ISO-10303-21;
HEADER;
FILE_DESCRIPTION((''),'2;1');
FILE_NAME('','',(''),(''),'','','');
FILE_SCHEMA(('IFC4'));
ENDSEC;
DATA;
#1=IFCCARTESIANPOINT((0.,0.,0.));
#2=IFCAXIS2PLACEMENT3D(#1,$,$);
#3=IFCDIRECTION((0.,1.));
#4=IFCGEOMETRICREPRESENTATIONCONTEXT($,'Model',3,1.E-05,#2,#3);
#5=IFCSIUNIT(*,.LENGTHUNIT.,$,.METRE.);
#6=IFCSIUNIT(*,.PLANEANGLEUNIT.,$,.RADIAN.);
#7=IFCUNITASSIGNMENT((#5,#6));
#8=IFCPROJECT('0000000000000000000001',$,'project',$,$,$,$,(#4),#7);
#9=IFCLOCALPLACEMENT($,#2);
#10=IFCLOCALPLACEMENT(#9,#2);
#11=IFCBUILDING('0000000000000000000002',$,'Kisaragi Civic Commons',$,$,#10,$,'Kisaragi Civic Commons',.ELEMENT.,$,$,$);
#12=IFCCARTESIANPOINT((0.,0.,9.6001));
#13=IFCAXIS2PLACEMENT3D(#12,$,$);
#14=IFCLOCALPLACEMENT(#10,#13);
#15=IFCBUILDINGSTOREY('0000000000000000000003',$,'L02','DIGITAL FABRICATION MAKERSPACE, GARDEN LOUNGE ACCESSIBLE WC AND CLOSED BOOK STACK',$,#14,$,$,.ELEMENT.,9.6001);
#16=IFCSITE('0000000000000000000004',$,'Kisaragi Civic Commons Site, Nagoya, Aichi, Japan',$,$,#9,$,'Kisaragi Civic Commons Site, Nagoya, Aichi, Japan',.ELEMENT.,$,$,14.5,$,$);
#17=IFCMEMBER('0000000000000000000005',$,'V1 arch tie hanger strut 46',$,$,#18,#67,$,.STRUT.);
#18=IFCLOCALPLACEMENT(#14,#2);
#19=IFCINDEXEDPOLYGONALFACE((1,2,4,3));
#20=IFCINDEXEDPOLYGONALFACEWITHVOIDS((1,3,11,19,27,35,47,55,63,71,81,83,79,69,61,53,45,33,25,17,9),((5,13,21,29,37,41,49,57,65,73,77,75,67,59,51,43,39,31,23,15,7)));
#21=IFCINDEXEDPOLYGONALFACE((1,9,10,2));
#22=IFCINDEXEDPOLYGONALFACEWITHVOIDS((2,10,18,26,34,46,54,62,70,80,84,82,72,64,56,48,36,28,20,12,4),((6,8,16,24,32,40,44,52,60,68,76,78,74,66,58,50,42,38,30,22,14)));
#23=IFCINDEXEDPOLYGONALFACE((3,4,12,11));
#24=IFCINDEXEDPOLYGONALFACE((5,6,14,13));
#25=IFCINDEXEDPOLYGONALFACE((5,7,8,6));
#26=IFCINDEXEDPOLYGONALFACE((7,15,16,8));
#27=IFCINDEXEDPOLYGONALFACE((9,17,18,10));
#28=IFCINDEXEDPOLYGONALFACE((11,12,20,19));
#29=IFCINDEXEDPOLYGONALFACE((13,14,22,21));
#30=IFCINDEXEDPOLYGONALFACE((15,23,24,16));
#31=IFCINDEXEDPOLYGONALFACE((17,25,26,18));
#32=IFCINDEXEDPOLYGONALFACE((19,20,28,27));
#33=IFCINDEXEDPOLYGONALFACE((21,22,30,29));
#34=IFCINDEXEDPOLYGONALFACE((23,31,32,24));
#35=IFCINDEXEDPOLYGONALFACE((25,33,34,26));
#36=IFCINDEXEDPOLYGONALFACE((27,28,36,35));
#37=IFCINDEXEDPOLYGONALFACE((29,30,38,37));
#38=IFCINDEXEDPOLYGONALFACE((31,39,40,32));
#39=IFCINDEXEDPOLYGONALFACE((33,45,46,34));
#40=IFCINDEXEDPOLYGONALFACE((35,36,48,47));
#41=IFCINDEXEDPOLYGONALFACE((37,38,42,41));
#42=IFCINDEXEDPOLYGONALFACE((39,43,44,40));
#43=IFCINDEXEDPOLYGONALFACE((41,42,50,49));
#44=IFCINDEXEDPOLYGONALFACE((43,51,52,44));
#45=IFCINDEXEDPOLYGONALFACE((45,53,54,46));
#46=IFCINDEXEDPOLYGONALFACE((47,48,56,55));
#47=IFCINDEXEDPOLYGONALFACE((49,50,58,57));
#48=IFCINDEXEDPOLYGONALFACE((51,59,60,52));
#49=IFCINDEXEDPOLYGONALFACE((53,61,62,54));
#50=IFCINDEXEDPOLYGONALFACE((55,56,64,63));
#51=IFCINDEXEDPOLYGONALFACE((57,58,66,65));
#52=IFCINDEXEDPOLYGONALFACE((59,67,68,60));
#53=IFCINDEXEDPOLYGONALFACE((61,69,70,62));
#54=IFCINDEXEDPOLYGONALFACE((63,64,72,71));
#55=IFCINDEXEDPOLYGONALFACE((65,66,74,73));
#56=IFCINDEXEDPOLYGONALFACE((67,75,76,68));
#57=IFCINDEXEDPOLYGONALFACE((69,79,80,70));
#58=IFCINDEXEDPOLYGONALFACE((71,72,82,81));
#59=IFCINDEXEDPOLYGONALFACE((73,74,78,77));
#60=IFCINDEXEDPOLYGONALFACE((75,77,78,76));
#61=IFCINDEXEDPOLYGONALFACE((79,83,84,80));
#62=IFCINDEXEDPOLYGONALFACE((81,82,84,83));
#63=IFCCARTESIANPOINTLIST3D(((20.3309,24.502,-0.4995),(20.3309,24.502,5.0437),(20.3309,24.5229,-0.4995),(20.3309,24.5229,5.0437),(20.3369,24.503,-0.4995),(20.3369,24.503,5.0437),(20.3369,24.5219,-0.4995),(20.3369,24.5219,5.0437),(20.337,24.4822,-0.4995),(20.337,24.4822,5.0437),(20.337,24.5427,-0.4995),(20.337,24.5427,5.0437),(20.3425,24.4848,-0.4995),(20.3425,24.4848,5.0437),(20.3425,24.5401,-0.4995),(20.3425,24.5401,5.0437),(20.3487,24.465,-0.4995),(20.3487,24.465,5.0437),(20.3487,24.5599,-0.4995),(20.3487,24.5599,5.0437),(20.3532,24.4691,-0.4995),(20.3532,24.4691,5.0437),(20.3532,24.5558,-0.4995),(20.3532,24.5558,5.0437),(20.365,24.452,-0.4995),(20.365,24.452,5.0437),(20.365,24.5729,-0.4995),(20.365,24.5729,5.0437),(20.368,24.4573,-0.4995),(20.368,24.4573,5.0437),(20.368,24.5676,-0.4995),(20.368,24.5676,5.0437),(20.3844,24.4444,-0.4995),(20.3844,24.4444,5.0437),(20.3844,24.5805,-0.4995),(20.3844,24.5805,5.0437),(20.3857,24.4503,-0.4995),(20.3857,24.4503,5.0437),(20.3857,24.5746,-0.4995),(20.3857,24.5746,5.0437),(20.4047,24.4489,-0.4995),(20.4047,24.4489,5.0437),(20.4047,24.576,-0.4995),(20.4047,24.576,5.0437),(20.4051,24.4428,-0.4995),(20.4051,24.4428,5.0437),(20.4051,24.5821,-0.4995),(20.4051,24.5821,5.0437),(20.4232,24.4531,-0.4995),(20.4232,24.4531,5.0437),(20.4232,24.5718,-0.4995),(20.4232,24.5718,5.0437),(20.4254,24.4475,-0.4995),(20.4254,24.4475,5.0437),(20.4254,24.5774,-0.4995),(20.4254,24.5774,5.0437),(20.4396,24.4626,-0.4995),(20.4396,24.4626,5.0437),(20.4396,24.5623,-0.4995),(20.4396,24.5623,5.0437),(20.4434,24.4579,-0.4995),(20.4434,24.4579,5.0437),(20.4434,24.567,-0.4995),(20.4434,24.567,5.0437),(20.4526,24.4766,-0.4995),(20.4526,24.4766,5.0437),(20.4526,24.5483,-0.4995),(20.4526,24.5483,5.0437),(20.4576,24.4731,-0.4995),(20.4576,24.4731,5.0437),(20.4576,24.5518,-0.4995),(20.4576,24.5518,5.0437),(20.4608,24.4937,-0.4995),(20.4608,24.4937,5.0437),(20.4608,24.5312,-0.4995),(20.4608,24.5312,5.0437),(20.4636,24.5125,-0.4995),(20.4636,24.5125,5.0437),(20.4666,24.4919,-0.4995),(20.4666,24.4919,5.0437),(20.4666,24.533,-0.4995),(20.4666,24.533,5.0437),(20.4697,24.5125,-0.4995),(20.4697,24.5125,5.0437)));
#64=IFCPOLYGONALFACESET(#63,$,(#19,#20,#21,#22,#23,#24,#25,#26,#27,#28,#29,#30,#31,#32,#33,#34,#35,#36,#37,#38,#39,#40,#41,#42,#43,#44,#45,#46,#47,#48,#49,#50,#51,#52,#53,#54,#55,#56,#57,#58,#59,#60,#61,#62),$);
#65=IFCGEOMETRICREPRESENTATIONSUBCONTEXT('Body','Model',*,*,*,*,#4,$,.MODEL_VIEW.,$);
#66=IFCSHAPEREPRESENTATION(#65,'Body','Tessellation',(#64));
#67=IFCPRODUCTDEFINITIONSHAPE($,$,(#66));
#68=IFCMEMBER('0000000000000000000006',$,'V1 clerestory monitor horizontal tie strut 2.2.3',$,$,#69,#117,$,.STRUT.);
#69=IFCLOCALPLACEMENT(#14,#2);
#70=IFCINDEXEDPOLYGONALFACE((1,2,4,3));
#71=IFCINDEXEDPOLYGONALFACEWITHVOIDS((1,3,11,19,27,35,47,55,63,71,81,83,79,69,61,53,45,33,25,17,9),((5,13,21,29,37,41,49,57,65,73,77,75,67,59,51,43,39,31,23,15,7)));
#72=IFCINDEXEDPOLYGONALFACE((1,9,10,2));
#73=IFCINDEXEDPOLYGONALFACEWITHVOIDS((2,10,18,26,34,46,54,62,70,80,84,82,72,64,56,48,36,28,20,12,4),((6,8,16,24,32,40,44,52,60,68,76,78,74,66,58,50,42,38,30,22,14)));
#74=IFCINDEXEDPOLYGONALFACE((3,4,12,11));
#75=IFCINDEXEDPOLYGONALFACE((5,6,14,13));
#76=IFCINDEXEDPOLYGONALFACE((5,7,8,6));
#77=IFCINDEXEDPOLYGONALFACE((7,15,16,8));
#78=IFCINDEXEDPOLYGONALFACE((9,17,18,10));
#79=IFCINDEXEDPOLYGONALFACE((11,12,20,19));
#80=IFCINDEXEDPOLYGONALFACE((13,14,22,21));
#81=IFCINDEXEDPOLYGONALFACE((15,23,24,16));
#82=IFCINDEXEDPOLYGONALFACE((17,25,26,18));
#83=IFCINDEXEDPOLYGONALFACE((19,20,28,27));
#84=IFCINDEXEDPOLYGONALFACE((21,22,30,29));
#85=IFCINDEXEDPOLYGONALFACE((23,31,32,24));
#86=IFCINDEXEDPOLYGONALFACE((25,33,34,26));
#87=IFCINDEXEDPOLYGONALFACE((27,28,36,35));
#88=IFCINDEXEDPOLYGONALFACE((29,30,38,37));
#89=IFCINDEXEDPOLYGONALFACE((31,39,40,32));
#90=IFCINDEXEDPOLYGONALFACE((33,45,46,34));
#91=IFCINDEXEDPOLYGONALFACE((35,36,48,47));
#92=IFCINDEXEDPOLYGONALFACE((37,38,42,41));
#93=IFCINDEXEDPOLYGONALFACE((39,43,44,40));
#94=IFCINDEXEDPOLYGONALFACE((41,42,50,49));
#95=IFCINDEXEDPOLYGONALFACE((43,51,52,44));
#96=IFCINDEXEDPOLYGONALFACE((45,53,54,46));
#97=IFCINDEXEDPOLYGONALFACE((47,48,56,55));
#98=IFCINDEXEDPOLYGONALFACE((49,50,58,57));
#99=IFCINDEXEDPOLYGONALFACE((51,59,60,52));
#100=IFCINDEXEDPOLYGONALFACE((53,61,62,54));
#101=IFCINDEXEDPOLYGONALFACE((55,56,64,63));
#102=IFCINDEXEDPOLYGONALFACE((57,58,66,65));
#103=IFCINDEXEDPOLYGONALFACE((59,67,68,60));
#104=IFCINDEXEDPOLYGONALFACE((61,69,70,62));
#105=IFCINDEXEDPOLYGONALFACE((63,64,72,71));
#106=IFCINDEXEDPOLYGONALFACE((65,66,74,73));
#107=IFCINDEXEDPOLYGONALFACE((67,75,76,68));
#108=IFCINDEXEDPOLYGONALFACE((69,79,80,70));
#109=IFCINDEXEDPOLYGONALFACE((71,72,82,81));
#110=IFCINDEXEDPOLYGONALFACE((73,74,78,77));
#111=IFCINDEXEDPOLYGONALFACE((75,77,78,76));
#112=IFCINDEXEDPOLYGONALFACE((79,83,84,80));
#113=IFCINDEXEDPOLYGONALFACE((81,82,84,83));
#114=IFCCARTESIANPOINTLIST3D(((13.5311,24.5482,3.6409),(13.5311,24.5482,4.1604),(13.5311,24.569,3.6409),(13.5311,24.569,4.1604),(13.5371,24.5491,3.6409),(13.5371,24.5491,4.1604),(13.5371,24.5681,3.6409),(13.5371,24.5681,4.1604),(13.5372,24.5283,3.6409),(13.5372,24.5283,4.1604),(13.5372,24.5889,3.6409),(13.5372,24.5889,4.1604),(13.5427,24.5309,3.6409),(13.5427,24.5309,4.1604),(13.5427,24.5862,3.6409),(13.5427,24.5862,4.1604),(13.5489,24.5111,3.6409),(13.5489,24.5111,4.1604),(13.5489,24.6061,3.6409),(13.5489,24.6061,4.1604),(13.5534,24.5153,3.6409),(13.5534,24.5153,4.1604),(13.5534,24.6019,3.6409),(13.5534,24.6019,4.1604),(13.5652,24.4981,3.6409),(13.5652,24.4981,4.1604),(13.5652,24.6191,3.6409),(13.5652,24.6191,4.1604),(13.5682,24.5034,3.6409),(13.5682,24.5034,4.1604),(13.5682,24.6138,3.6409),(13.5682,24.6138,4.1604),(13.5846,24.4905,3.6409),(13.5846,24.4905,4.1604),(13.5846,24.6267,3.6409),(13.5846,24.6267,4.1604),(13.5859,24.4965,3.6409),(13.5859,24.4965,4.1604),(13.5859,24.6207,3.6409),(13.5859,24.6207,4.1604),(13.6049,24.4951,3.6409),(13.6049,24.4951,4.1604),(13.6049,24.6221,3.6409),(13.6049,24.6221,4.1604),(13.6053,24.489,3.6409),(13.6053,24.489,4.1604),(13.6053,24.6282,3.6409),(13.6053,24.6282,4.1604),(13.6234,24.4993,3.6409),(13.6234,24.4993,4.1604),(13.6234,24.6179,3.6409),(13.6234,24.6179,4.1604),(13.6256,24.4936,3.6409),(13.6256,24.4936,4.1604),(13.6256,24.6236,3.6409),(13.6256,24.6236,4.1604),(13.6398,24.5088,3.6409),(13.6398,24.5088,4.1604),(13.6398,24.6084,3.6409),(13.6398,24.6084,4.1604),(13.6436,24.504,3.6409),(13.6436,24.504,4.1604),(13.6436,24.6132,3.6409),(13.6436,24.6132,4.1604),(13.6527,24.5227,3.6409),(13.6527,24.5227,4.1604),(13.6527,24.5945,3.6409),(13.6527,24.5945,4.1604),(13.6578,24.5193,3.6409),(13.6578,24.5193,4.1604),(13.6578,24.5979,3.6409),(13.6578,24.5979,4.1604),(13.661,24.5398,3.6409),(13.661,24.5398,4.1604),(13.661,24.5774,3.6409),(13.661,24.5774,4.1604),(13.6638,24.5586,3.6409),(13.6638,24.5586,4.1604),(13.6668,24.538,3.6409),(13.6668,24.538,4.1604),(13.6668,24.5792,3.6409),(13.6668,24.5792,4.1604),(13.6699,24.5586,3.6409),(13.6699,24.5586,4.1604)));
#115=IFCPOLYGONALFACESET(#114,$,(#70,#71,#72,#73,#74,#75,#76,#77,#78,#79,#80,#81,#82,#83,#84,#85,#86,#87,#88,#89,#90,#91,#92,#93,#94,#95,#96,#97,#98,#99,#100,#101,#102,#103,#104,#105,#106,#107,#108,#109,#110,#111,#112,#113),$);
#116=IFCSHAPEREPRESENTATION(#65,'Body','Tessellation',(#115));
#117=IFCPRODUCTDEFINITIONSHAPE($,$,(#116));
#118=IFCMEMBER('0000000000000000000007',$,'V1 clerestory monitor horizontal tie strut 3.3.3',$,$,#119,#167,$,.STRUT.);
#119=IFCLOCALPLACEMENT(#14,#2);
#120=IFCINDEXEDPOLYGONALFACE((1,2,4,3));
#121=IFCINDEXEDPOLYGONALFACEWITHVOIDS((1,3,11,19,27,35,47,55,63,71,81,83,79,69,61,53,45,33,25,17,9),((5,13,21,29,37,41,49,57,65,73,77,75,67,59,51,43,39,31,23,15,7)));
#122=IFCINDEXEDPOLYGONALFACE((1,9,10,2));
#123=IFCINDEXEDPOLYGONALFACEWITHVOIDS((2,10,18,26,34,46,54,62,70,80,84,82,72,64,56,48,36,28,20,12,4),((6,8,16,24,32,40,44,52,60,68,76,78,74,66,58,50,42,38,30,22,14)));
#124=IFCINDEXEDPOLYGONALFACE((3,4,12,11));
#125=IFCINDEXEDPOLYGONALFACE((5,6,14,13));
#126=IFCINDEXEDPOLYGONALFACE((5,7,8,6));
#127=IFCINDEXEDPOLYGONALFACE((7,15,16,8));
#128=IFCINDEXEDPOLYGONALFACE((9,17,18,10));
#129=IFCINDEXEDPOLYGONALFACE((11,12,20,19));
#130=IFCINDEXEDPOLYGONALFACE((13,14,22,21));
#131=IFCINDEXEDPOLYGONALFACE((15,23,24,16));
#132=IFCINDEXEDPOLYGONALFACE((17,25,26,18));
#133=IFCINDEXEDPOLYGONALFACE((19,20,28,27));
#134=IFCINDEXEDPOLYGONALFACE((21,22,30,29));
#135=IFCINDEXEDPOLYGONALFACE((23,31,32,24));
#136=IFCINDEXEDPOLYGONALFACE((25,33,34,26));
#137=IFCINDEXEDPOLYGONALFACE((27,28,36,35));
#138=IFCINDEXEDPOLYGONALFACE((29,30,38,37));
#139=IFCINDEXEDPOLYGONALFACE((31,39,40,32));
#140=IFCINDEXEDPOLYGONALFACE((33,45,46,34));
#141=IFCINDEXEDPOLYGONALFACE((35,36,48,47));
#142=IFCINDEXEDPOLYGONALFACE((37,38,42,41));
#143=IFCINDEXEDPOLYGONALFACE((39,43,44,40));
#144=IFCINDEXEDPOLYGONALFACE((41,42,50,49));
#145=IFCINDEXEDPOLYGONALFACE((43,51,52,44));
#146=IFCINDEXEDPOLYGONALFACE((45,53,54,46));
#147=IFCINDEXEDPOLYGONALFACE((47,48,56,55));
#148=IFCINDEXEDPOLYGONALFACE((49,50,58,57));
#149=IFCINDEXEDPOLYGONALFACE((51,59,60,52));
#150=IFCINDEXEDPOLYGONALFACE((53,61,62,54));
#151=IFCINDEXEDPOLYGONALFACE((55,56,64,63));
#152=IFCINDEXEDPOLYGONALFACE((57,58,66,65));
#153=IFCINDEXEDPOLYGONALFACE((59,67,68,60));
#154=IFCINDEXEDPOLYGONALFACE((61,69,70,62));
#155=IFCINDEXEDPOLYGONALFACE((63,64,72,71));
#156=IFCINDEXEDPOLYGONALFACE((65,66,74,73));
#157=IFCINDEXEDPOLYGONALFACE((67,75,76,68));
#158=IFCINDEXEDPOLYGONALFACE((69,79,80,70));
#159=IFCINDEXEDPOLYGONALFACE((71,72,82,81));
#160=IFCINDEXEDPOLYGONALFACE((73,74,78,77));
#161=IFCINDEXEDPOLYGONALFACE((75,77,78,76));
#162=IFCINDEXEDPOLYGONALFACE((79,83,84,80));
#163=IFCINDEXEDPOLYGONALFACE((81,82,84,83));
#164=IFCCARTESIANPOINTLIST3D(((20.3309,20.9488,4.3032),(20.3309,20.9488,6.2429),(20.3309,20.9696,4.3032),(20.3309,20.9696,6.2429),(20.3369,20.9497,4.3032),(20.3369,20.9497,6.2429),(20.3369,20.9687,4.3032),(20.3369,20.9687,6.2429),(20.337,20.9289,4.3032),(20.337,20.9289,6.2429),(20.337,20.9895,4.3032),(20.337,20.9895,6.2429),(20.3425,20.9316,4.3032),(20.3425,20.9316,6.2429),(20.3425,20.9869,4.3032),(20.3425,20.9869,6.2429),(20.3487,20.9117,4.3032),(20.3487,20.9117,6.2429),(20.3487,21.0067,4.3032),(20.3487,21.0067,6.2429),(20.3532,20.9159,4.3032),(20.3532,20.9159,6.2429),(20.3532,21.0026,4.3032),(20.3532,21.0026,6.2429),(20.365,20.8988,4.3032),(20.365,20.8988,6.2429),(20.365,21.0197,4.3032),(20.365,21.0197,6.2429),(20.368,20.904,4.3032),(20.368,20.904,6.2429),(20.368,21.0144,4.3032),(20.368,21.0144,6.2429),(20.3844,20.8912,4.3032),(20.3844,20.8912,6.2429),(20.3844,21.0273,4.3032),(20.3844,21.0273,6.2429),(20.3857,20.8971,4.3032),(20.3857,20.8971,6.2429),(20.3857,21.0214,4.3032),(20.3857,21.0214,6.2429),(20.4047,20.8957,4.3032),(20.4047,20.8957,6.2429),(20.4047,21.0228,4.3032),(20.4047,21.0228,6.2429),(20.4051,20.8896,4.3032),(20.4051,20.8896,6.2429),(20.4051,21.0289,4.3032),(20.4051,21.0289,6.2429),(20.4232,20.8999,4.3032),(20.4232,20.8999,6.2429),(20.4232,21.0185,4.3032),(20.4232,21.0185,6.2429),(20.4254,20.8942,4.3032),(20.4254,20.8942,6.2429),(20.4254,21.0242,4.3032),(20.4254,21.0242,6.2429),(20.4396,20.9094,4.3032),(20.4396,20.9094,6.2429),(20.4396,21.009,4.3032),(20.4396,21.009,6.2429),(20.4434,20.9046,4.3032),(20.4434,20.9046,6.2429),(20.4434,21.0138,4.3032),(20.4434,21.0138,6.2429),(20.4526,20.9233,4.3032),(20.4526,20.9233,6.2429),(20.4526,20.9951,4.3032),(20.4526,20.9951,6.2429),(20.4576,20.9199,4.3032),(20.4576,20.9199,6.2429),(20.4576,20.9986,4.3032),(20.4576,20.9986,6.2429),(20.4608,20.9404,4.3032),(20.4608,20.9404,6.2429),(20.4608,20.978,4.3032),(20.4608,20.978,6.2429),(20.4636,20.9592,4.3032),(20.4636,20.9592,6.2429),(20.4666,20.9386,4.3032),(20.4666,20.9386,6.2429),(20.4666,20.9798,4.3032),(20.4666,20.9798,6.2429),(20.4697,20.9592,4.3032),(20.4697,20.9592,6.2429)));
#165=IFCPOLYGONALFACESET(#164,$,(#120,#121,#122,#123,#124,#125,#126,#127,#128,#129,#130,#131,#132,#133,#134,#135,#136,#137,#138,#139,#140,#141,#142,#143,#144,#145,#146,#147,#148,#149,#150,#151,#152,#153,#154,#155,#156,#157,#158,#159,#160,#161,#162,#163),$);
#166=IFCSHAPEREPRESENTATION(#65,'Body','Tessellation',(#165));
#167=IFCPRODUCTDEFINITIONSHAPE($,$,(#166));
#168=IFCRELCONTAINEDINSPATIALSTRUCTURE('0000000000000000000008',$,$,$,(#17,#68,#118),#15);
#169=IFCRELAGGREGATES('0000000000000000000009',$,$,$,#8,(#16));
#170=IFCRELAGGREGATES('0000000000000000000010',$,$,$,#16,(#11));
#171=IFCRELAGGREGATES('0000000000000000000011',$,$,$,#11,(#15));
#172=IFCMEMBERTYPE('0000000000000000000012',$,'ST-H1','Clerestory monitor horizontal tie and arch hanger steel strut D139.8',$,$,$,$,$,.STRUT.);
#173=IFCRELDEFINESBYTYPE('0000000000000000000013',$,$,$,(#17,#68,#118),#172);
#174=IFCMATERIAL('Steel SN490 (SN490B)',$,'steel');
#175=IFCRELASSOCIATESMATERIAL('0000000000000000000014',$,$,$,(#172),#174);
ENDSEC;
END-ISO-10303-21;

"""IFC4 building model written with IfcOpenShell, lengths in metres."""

from ifc_helpers import new_model, si_unit, direction, frame, origin, origin_2d, place, context, subcontext, project, spatial, hollow_circle, extrude, material, material_profile, profile_set, type_object, element, save


model = new_model("IFC4")

# Units and contexts
model_context = context("Model", 3, precision=1e-05, world=origin(), true_north=direction((0.0, 1.0)))
body_context = subcontext(model_context, "Body", "Model", "MODEL_VIEW")
ifc_project = project(units=[si_unit("LENGTHUNIT", "METRE"), si_unit("PLANEANGLEUNIT", "RADIAN")], contexts=[model_context])

# Site, building, storey
site_placement = place(None, origin())
site = spatial("IfcSite", under=ifc_project, at=site_placement, Name="Kisaragi Civic Commons Site, Nagoya, Aichi, Japan", LongName="Kisaragi Civic Commons Site, Nagoya, Aichi, Japan", CompositionType="ELEMENT", RefElevation=14.5)
building_placement = place(site_placement, origin())
building = spatial("IfcBuilding", under=site, at=building_placement, Name="Kisaragi Civic Commons", LongName="Kisaragi Civic Commons", CompositionType="ELEMENT")
storey_placement = place(building_placement, frame((0.0, 0.0, 9.6001)))
storey = spatial("IfcBuildingStorey", under=building, at=storey_placement, Name="L02", Description="DIGITAL FABRICATION MAKERSPACE, GARDEN LOUNGE ACCESSIBLE WC AND CLOSED BOOK STACK", CompositionType="ELEMENT", Elevation=9.6001)

# Members
ifc_material_1 = material(Name="Steel SN490 (SN490B)", Category="steel")
ifc_material_profile_1 = material_profile(ifc_material_1, hollow_circle(Radius=0.0698, WallThickness=0.0061, at=origin_2d()), Name="CHS-139.8x6.0", Category="steel")
ifc_profile_set_1 = profile_set([ifc_material_profile_1], Name="Steel SN490 (SN490B)")
member_type_1 = type_object("IfcMemberType", Name="ST-H1", Description="Clerestory monitor horizontal tie and arch hanger steel strut D139.8", PredefinedType="STRUT", material=ifc_profile_set_1)
member_1_placement = place(storey_placement, frame((20.3999, 24.5125, -0.4995), z_axis=(0.0, 0.0, 1.0), x_axis=(1.0, 0.0, 0.0)))
element("IfcMember", 1, at=member_1_placement, inside=storey, type_object=member_type_1, Name="V1 arch tie hanger strut 46", PredefinedType="STRUT", context=body_context, shape_type="SweptSolid", body=[
    extrude(hollow_circle(Radius=0.0698, WallThickness=0.0061, at=origin_2d()), origin(), (0.0, 0.0, 1.0), 5.5432),
])
member_2_placement = place(storey_placement, frame((13.6001, 24.5586, 3.6409), z_axis=(0.0, 0.0, 1.0), x_axis=(1.0, 0.0, 0.0)))
element("IfcMember", 2, at=member_2_placement, inside=storey, type_object=member_type_1, Name="V1 clerestory monitor horizontal tie strut 2.2.3", PredefinedType="STRUT", context=body_context, shape_type="SweptSolid", body=[
    extrude(hollow_circle(Radius=0.0698, WallThickness=0.0061, at=origin_2d()), origin(), (0.0, 0.0, 1.0), 0.5195),
])
member_3_placement = place(storey_placement, frame((20.3999, 20.9592, 4.3032), z_axis=(0.0, 0.0, 1.0), x_axis=(1.0, 0.0, 0.0)))
element("IfcMember", 3, at=member_3_placement, inside=storey, type_object=member_type_1, Name="V1 clerestory monitor horizontal tie strut 3.3.3", PredefinedType="STRUT", context=body_context, shape_type="SweptSolid", body=[
    extrude(hollow_circle(Radius=0.0698, WallThickness=0.0061, at=origin_2d()), origin(), (0.0, 0.0, 1.0), 1.9397),
])

save(model, "model.ifc")
